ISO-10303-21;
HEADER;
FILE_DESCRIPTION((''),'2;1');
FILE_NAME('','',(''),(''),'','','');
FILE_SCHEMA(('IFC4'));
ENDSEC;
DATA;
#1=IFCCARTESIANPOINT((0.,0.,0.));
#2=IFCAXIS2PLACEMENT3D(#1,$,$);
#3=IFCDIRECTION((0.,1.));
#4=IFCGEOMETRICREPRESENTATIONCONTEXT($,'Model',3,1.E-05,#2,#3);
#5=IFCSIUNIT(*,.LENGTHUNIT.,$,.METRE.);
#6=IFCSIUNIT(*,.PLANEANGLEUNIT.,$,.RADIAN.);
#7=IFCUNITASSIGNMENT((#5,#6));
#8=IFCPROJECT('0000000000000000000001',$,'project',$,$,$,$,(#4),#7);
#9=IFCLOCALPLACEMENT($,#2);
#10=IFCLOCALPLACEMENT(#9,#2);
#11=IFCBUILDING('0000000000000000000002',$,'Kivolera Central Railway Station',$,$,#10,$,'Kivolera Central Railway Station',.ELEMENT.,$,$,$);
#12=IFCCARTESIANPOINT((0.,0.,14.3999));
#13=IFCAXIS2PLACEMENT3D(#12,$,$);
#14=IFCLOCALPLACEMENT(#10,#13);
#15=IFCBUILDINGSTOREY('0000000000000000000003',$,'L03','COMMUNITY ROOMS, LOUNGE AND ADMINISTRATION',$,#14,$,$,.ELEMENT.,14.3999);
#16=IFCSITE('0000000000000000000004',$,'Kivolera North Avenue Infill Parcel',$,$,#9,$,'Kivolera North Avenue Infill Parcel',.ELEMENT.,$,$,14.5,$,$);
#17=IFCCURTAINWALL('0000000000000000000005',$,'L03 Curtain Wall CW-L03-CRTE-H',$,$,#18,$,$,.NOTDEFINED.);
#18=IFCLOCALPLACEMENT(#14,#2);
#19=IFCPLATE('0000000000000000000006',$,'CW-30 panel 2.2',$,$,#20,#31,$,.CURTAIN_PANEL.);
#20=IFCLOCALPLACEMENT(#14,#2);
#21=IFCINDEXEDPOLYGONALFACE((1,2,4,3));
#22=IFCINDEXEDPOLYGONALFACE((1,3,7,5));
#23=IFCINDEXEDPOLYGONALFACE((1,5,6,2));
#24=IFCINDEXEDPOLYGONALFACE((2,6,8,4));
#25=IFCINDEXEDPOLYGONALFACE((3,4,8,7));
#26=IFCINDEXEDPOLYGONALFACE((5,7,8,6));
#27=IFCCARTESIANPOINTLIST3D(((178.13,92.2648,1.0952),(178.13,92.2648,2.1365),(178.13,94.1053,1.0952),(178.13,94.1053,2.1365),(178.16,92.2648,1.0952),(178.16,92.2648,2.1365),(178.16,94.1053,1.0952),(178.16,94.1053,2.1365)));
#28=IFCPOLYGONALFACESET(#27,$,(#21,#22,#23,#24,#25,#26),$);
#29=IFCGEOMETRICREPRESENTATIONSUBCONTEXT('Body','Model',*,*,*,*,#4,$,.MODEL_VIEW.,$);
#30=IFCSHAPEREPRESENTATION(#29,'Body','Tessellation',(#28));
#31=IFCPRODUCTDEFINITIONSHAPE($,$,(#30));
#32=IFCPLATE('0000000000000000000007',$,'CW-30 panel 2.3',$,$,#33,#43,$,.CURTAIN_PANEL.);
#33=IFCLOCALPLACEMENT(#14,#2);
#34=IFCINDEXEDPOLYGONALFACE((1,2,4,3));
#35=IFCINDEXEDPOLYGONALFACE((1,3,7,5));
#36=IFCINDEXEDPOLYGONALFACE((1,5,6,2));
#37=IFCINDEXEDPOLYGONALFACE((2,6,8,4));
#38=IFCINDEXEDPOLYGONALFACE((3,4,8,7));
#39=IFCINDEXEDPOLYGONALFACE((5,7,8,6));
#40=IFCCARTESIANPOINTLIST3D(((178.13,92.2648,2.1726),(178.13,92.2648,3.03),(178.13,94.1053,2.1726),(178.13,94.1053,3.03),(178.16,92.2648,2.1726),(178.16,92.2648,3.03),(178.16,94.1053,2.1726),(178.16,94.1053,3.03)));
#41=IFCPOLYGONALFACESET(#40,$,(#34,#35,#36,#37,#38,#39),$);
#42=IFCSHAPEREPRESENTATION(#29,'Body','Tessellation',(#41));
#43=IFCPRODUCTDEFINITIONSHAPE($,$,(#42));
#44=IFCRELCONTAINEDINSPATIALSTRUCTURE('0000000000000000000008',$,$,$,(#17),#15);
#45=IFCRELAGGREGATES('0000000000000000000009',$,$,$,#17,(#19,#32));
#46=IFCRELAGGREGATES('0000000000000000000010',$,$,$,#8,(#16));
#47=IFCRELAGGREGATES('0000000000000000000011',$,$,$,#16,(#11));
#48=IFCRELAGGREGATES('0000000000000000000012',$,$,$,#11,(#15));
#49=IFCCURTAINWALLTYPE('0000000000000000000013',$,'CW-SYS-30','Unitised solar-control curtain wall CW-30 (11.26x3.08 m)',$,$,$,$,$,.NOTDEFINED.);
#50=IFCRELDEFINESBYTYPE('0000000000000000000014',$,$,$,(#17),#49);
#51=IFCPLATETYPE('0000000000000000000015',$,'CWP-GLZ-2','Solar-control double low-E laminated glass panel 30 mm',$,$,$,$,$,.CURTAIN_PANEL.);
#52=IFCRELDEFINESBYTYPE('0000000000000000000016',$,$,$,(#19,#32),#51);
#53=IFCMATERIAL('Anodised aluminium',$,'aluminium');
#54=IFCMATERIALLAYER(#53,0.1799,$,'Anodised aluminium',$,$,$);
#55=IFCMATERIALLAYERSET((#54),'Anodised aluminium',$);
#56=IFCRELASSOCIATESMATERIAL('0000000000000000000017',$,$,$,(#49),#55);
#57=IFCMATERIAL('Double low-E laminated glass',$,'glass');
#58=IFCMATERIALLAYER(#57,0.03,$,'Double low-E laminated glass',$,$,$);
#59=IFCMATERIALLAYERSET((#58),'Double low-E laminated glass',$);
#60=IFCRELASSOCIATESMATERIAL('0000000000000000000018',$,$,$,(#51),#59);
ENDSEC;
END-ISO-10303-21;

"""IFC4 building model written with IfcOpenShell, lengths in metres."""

from ifc_helpers import new_model, si_unit, direction, frame, origin, origin_2d, place, context, subcontext, project, spatial, rectangle, extrude, material, layer, layer_set, type_object, element, aggregate, save


model = new_model("IFC4")

# Units and contexts
model_context = context("Model", 3, precision=1e-05, world=origin(), true_north=direction((0.0, 1.0)))
body_context = subcontext(model_context, "Body", "Model", "MODEL_VIEW")
ifc_project = project(units=[si_unit("LENGTHUNIT", "METRE"), si_unit("PLANEANGLEUNIT", "RADIAN")], contexts=[model_context])

# Site, building, storey
site_placement = place(None, origin())
site = spatial("IfcSite", under=ifc_project, at=site_placement, Name="Kivolera North Avenue Infill Parcel", LongName="Kivolera North Avenue Infill Parcel", CompositionType="ELEMENT", RefElevation=14.5)
building_placement = place(site_placement, origin())
building = spatial("IfcBuilding", under=site, at=building_placement, Name="Kivolera Central Railway Station", LongName="Kivolera Central Railway Station", CompositionType="ELEMENT")
storey_placement = place(building_placement, frame((0.0, 0.0, 14.3999)))
storey = spatial("IfcBuildingStorey", under=building, at=storey_placement, Name="L03", Description="COMMUNITY ROOMS, LOUNGE AND ADMINISTRATION", CompositionType="ELEMENT", Elevation=14.3999)

# Curtain wall
ifc_material_1 = material(Name="Anodised aluminium", Category="aluminium")
ifc_layer_1 = layer(ifc_material_1, 0.1799, Name="Anodised aluminium")
ifc_layer_set_1 = layer_set([ifc_layer_1], Name="Anodised aluminium")
curtain_wall_type = type_object("IfcCurtainWallType", Name="CW-SYS-30", Description="Unitised solar-control curtain wall CW-30 (11.26x3.08 m)", PredefinedType="NOTDEFINED", material=ifc_layer_set_1)
curtain_wall_1_placement = place(storey_placement, origin())
curtain_wall_1 = element("IfcCurtainWall", 1, at=curtain_wall_1_placement, inside=storey, type_object=curtain_wall_type, Name="L03 Curtain Wall CW-L03-CRTE-H", PredefinedType="NOTDEFINED")

# Plates
ifc_material_2 = material(Name="Double low-E laminated glass", Category="glass")
ifc_layer_2 = layer(ifc_material_2, 0.03, Name="Double low-E laminated glass")
ifc_layer_set_2 = layer_set([ifc_layer_2], Name="Double low-E laminated glass")
plate_type = type_object("IfcPlateType", Name="CWP-GLZ-2", Description="Solar-control double low-E laminated glass panel 30 mm", PredefinedType="CURTAIN_PANEL", material=ifc_layer_set_2)
plate_1_placement = place(storey_placement, frame((178.145, 93.1851, 1.0952), z_axis=(0.0, 0.0, 1.0), x_axis=(0.0, 1.0, 0.0)))
plate_1 = element("IfcPlate", 2, at=plate_1_placement, type_object=plate_type, Name="CW-30 panel 2.2", PredefinedType="CURTAIN_PANEL", context=body_context, shape_type="SweptSolid", body=[
    extrude(rectangle(XDim=1.8406, YDim=0.03, at=origin_2d()), origin(), (0.0, 0.0, 1.0), 1.0413),
])
plate_2_placement = place(storey_placement, frame((178.145, 93.1851, 2.1726), z_axis=(0.0, 0.0, 1.0), x_axis=(0.0, 1.0, 0.0)))
plate_2 = element("IfcPlate", 3, at=plate_2_placement, type_object=plate_type, Name="CW-30 panel 2.3", PredefinedType="CURTAIN_PANEL", context=body_context, shape_type="SweptSolid", body=[
    extrude(rectangle(XDim=1.8406, YDim=0.03, at=origin_2d()), origin(), (0.0, 0.0, 1.0), 0.8574),
])
aggregate(curtain_wall_1, [plate_1, plate_2])

save(model, "model.ifc")
